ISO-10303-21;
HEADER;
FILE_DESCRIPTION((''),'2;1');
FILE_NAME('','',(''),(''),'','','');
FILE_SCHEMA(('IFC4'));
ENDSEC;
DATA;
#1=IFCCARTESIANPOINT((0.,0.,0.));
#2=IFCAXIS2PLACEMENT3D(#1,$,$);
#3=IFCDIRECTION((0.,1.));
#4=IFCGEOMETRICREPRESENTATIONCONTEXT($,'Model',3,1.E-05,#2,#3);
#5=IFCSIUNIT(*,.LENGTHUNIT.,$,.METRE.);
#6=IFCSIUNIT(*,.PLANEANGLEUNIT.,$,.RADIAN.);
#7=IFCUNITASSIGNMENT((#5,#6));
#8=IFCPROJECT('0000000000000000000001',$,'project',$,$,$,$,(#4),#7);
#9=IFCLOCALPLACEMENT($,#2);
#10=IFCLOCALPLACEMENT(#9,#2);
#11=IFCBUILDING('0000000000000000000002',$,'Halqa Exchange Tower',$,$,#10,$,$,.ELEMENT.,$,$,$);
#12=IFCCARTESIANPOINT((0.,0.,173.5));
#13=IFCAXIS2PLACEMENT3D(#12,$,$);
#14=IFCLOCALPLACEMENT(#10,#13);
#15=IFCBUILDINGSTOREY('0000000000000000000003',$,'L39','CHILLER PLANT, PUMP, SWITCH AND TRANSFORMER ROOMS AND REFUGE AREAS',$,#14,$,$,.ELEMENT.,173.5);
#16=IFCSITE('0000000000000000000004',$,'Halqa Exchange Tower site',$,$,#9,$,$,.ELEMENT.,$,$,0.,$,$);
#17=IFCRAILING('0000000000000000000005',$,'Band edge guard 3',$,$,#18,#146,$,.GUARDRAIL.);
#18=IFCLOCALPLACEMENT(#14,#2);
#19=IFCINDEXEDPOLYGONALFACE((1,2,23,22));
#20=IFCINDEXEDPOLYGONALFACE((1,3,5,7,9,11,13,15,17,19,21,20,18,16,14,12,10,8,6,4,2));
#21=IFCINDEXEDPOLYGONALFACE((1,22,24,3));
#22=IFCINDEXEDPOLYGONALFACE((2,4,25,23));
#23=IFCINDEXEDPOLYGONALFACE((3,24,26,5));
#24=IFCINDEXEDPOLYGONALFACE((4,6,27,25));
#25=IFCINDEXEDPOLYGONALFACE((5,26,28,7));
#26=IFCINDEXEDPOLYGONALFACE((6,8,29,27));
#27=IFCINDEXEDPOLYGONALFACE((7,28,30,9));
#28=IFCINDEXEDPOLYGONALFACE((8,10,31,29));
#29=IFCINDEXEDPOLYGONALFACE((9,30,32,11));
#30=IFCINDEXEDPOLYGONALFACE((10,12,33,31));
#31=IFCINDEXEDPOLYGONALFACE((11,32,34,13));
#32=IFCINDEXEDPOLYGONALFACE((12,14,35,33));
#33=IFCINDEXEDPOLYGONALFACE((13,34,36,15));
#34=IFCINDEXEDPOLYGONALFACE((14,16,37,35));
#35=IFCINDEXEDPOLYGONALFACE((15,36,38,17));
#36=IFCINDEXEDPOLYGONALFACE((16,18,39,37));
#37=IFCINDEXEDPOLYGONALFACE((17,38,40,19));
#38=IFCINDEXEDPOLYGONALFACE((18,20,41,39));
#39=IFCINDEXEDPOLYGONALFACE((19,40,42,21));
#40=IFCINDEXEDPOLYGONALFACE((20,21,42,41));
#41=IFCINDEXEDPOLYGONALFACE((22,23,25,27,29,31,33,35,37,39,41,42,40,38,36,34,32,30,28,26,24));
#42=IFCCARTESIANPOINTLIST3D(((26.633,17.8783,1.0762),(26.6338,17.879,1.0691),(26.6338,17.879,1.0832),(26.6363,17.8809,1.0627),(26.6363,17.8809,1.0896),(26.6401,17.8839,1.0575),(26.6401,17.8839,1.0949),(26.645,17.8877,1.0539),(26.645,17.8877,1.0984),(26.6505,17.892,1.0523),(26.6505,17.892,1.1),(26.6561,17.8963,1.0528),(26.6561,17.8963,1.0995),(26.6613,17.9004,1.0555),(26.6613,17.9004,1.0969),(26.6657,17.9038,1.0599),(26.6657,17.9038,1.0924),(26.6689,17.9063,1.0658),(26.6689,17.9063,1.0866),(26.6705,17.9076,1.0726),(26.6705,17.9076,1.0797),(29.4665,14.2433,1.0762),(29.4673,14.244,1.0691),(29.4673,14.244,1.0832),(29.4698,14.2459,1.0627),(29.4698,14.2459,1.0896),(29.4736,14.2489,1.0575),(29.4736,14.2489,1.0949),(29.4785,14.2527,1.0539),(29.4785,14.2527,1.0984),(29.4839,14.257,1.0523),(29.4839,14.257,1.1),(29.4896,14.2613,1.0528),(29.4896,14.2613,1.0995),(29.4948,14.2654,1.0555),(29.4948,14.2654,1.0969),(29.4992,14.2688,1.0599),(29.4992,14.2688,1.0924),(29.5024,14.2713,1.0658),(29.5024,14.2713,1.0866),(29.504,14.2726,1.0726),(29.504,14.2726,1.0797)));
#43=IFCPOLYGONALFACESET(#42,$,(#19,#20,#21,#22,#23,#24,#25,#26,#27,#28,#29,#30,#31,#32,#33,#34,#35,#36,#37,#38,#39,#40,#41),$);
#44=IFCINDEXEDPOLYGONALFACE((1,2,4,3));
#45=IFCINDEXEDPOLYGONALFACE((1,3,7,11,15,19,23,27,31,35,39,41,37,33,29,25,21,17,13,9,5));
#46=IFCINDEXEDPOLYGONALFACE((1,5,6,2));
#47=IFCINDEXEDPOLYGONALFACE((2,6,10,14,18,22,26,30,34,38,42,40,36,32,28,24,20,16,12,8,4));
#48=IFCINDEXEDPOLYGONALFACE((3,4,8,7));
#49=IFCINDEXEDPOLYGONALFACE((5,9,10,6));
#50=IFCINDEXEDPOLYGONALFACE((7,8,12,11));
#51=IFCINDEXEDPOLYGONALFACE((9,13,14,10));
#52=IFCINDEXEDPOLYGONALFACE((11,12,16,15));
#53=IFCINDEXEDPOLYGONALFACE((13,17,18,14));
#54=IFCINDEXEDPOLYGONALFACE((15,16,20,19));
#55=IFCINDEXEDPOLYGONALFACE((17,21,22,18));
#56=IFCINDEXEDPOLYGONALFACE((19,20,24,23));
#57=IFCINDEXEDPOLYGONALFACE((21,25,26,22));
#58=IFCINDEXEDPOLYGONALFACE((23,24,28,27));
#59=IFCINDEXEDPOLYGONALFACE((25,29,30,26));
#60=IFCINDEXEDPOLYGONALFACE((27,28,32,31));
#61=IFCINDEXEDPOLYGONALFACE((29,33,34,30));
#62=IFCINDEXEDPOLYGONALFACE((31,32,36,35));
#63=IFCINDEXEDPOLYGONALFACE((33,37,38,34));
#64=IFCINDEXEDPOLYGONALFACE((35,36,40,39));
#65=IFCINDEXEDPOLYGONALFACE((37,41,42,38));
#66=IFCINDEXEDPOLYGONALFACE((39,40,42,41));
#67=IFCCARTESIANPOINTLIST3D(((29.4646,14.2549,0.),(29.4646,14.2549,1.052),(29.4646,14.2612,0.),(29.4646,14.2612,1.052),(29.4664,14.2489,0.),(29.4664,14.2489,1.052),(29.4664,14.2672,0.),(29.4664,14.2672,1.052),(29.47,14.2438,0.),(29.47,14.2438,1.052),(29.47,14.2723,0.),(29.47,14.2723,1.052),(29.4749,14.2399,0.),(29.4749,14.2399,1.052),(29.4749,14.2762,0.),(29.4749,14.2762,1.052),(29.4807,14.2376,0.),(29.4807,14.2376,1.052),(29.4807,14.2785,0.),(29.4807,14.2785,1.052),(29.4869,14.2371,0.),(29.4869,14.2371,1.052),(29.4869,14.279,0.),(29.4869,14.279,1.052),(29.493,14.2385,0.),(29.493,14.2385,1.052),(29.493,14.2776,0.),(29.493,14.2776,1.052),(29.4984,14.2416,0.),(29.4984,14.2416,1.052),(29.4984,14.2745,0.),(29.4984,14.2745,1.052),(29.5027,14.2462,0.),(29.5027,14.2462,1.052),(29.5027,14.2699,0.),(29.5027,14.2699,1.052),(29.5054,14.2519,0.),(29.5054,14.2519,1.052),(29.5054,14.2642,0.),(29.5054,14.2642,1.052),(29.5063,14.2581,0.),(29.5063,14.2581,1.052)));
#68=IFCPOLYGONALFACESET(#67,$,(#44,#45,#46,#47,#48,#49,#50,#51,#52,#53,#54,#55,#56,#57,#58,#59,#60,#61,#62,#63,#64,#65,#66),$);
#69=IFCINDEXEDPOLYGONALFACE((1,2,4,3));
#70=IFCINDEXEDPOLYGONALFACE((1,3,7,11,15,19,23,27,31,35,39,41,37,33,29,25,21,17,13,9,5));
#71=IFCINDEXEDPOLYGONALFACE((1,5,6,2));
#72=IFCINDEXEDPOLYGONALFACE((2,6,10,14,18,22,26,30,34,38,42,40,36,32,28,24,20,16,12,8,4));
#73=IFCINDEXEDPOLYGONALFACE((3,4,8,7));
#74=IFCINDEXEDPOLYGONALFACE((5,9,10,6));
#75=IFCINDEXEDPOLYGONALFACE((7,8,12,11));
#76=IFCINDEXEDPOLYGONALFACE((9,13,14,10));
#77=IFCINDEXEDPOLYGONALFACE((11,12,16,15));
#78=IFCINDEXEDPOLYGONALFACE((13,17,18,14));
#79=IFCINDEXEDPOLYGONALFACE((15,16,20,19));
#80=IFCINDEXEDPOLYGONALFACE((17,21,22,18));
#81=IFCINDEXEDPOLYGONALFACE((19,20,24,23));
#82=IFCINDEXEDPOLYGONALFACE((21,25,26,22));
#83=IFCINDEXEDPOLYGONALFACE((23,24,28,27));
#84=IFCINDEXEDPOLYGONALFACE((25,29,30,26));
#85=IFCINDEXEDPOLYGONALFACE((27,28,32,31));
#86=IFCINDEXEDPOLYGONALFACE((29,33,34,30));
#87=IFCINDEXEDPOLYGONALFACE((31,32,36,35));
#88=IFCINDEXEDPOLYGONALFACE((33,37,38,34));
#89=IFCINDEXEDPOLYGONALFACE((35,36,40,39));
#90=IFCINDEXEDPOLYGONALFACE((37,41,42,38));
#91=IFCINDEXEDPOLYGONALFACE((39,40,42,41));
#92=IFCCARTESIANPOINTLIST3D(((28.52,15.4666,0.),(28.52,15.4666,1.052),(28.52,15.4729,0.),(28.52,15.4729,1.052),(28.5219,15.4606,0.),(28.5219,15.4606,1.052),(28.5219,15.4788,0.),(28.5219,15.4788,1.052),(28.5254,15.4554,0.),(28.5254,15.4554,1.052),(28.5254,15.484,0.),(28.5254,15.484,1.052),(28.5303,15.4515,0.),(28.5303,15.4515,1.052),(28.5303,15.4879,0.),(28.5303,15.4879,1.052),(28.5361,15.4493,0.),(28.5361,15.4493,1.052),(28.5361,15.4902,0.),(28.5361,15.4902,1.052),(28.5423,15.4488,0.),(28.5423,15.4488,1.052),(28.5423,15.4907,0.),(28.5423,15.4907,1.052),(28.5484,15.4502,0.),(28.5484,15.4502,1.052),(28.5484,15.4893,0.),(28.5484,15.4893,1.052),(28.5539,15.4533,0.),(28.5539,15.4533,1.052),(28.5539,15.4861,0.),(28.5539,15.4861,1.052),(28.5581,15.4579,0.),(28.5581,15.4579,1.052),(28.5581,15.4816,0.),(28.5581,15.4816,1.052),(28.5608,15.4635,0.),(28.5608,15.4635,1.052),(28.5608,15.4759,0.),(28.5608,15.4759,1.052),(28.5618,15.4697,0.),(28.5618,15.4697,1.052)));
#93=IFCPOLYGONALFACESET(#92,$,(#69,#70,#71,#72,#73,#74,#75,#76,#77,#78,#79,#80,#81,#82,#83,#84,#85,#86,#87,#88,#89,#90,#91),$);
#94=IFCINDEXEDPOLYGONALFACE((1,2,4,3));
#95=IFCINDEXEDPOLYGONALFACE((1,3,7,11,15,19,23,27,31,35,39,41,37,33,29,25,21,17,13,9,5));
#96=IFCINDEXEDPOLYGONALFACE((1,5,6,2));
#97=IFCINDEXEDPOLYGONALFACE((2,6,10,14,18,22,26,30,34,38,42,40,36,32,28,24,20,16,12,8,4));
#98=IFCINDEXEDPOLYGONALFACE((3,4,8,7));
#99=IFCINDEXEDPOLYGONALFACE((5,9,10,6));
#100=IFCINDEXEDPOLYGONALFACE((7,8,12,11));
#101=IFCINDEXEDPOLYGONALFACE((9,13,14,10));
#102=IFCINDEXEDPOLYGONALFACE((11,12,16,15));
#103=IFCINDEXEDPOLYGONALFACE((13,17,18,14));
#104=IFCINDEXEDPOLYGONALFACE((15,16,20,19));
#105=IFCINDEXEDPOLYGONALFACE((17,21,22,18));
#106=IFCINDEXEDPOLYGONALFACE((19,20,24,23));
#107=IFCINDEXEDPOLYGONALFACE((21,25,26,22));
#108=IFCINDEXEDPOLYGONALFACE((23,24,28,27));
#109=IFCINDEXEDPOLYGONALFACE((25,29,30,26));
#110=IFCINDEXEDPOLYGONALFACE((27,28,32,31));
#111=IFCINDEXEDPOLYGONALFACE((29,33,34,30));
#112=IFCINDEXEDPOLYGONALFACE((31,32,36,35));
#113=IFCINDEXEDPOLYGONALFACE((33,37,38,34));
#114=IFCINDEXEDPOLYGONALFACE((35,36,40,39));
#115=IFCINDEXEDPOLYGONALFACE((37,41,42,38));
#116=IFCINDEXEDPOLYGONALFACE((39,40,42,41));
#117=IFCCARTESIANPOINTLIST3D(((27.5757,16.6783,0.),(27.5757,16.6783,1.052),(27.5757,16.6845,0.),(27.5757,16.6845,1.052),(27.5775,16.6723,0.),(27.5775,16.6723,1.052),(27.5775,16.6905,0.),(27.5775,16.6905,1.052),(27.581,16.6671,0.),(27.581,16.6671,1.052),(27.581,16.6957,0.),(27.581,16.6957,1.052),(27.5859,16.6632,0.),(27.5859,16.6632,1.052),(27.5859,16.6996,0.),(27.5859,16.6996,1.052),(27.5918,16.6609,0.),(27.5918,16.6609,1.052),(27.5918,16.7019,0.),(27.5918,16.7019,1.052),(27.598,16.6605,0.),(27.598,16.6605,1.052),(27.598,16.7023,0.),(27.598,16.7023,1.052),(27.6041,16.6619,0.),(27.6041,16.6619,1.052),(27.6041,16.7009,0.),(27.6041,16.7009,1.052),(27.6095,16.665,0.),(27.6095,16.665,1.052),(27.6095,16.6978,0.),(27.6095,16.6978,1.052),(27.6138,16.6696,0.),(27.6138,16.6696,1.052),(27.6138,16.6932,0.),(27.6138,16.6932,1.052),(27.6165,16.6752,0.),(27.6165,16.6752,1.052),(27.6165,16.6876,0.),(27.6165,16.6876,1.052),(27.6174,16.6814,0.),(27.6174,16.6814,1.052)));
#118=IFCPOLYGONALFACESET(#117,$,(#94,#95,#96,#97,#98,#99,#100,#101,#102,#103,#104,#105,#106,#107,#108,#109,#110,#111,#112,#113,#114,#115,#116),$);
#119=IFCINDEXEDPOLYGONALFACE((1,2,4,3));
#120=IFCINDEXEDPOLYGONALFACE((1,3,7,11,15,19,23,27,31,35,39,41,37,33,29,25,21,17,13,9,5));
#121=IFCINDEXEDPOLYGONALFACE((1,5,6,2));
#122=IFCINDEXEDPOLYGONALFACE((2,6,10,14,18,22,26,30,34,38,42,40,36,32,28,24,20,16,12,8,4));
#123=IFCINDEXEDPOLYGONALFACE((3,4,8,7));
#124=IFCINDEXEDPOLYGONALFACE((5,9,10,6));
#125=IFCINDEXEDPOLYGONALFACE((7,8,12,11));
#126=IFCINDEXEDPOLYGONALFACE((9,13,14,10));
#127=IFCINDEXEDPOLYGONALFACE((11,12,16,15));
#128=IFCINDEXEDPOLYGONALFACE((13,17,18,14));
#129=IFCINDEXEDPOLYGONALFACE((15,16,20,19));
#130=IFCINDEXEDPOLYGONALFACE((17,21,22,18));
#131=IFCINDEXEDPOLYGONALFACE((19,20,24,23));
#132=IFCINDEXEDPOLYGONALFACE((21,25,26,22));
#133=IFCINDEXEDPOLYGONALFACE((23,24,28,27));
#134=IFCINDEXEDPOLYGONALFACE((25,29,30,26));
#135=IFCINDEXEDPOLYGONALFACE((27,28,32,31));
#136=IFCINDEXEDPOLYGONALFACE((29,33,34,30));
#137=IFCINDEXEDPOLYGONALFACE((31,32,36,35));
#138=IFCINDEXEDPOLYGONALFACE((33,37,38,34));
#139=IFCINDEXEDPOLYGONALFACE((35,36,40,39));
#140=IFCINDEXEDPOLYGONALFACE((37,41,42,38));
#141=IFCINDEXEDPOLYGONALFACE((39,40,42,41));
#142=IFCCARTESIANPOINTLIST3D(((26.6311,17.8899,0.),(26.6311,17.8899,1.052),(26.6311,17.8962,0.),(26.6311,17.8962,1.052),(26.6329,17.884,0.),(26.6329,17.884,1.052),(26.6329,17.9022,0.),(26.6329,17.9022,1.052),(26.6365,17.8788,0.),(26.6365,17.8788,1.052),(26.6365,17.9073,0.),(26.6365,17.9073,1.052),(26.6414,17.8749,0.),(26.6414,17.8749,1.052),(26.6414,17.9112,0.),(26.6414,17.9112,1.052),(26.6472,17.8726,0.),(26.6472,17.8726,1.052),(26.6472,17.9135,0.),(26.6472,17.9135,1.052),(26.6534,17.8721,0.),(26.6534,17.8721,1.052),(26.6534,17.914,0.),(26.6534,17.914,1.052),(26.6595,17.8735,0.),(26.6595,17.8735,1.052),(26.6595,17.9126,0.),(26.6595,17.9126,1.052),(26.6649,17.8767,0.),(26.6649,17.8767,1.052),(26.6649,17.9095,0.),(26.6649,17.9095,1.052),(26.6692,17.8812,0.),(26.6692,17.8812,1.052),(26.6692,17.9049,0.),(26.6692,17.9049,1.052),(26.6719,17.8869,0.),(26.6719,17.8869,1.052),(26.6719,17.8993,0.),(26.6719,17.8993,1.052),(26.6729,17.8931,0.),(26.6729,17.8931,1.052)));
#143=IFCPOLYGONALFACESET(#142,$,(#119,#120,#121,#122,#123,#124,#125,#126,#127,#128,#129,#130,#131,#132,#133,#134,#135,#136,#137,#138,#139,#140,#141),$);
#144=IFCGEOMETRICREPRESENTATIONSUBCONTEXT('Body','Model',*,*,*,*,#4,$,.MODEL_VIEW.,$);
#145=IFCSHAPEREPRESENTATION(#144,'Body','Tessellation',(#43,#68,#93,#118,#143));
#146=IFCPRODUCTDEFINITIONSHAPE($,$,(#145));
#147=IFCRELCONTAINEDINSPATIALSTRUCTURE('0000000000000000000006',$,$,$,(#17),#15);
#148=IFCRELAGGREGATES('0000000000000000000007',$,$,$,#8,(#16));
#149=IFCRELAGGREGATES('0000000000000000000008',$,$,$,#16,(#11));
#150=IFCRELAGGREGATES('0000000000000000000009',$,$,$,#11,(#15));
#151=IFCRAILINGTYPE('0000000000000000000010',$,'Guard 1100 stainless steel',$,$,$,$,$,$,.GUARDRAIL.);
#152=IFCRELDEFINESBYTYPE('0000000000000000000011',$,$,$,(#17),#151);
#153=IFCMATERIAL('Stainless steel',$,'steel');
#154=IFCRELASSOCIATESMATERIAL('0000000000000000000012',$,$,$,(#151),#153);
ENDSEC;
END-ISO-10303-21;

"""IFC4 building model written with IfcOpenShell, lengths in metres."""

from ifc_helpers import new_model, si_unit, direction, frame, origin, origin_2d, place, context, subcontext, project, spatial, circle, extrude, material, type_object, element, save


model = new_model("IFC4")

# Units and contexts
model_context = context("Model", 3, precision=1e-05, world=origin(), true_north=direction((0.0, 1.0)))
body_context = subcontext(model_context, "Body", "Model", "MODEL_VIEW")
ifc_project = project(units=[si_unit("LENGTHUNIT", "METRE"), si_unit("PLANEANGLEUNIT", "RADIAN")], contexts=[model_context])

# Site, building, storey
site_placement = place(None, origin())
site = spatial("IfcSite", under=ifc_project, at=site_placement, Name="Halqa Exchange Tower site", CompositionType="ELEMENT", RefElevation=0.0)
building_placement = place(site_placement, origin())
building = spatial("IfcBuilding", under=site, at=building_placement, Name="Halqa Exchange Tower", CompositionType="ELEMENT")
storey_placement = place(building_placement, frame((0.0, 0.0, 173.5)))
storey = spatial("IfcBuildingStorey", under=building, at=storey_placement, Name="L39", Description="CHILLER PLANT, PUMP, SWITCH AND TRANSFORMER ROOMS AND REFUGE AREAS", CompositionType="ELEMENT", Elevation=173.5)

# Railing
ifc_material_1 = material(Name="Stainless steel", Category="steel")
railing_type = type_object("IfcRailingType", Name="Guard 1100 stainless steel", PredefinedType="GUARDRAIL", material=ifc_material_1)
railing_1_placement = place(storey_placement, frame((29.4854, 14.2581, 0.0)))
element("IfcRailing", 1, at=railing_1_placement, inside=storey, type_object=railing_type, Name="Band edge guard 3", PredefinedType="GUARDRAIL", context=body_context, shape_type="SweptSolid", body=[
    extrude(circle(Radius=0.0239, at=origin_2d()), frame((0.0, 0.0, 1.0762), z_axis=(-0.614787, 0.788693, 0.0), x_axis=(-0.788693, -0.614787, 0.0)), (0.0, 0.0, 1.0), 4.6089),
    extrude(circle(Radius=0.021, at=origin_2d()), origin(), (0.0, 0.0, 1.0), 1.052),
    extrude(circle(Radius=0.021, at=origin_2d()), frame((-0.9446, 1.2117, 0.0)), (0.0, 0.0, 1.0), 1.052),
    extrude(circle(Radius=0.021, at=origin_2d()), frame((-1.8889, 2.4233, 0.0)), (0.0, 0.0, 1.0), 1.052),
    extrude(circle(Radius=0.021, at=origin_2d()), frame((-2.8335, 3.635, 0.0)), (0.0, 0.0, 1.0), 1.052),
])

save(model, "model.ifc")
